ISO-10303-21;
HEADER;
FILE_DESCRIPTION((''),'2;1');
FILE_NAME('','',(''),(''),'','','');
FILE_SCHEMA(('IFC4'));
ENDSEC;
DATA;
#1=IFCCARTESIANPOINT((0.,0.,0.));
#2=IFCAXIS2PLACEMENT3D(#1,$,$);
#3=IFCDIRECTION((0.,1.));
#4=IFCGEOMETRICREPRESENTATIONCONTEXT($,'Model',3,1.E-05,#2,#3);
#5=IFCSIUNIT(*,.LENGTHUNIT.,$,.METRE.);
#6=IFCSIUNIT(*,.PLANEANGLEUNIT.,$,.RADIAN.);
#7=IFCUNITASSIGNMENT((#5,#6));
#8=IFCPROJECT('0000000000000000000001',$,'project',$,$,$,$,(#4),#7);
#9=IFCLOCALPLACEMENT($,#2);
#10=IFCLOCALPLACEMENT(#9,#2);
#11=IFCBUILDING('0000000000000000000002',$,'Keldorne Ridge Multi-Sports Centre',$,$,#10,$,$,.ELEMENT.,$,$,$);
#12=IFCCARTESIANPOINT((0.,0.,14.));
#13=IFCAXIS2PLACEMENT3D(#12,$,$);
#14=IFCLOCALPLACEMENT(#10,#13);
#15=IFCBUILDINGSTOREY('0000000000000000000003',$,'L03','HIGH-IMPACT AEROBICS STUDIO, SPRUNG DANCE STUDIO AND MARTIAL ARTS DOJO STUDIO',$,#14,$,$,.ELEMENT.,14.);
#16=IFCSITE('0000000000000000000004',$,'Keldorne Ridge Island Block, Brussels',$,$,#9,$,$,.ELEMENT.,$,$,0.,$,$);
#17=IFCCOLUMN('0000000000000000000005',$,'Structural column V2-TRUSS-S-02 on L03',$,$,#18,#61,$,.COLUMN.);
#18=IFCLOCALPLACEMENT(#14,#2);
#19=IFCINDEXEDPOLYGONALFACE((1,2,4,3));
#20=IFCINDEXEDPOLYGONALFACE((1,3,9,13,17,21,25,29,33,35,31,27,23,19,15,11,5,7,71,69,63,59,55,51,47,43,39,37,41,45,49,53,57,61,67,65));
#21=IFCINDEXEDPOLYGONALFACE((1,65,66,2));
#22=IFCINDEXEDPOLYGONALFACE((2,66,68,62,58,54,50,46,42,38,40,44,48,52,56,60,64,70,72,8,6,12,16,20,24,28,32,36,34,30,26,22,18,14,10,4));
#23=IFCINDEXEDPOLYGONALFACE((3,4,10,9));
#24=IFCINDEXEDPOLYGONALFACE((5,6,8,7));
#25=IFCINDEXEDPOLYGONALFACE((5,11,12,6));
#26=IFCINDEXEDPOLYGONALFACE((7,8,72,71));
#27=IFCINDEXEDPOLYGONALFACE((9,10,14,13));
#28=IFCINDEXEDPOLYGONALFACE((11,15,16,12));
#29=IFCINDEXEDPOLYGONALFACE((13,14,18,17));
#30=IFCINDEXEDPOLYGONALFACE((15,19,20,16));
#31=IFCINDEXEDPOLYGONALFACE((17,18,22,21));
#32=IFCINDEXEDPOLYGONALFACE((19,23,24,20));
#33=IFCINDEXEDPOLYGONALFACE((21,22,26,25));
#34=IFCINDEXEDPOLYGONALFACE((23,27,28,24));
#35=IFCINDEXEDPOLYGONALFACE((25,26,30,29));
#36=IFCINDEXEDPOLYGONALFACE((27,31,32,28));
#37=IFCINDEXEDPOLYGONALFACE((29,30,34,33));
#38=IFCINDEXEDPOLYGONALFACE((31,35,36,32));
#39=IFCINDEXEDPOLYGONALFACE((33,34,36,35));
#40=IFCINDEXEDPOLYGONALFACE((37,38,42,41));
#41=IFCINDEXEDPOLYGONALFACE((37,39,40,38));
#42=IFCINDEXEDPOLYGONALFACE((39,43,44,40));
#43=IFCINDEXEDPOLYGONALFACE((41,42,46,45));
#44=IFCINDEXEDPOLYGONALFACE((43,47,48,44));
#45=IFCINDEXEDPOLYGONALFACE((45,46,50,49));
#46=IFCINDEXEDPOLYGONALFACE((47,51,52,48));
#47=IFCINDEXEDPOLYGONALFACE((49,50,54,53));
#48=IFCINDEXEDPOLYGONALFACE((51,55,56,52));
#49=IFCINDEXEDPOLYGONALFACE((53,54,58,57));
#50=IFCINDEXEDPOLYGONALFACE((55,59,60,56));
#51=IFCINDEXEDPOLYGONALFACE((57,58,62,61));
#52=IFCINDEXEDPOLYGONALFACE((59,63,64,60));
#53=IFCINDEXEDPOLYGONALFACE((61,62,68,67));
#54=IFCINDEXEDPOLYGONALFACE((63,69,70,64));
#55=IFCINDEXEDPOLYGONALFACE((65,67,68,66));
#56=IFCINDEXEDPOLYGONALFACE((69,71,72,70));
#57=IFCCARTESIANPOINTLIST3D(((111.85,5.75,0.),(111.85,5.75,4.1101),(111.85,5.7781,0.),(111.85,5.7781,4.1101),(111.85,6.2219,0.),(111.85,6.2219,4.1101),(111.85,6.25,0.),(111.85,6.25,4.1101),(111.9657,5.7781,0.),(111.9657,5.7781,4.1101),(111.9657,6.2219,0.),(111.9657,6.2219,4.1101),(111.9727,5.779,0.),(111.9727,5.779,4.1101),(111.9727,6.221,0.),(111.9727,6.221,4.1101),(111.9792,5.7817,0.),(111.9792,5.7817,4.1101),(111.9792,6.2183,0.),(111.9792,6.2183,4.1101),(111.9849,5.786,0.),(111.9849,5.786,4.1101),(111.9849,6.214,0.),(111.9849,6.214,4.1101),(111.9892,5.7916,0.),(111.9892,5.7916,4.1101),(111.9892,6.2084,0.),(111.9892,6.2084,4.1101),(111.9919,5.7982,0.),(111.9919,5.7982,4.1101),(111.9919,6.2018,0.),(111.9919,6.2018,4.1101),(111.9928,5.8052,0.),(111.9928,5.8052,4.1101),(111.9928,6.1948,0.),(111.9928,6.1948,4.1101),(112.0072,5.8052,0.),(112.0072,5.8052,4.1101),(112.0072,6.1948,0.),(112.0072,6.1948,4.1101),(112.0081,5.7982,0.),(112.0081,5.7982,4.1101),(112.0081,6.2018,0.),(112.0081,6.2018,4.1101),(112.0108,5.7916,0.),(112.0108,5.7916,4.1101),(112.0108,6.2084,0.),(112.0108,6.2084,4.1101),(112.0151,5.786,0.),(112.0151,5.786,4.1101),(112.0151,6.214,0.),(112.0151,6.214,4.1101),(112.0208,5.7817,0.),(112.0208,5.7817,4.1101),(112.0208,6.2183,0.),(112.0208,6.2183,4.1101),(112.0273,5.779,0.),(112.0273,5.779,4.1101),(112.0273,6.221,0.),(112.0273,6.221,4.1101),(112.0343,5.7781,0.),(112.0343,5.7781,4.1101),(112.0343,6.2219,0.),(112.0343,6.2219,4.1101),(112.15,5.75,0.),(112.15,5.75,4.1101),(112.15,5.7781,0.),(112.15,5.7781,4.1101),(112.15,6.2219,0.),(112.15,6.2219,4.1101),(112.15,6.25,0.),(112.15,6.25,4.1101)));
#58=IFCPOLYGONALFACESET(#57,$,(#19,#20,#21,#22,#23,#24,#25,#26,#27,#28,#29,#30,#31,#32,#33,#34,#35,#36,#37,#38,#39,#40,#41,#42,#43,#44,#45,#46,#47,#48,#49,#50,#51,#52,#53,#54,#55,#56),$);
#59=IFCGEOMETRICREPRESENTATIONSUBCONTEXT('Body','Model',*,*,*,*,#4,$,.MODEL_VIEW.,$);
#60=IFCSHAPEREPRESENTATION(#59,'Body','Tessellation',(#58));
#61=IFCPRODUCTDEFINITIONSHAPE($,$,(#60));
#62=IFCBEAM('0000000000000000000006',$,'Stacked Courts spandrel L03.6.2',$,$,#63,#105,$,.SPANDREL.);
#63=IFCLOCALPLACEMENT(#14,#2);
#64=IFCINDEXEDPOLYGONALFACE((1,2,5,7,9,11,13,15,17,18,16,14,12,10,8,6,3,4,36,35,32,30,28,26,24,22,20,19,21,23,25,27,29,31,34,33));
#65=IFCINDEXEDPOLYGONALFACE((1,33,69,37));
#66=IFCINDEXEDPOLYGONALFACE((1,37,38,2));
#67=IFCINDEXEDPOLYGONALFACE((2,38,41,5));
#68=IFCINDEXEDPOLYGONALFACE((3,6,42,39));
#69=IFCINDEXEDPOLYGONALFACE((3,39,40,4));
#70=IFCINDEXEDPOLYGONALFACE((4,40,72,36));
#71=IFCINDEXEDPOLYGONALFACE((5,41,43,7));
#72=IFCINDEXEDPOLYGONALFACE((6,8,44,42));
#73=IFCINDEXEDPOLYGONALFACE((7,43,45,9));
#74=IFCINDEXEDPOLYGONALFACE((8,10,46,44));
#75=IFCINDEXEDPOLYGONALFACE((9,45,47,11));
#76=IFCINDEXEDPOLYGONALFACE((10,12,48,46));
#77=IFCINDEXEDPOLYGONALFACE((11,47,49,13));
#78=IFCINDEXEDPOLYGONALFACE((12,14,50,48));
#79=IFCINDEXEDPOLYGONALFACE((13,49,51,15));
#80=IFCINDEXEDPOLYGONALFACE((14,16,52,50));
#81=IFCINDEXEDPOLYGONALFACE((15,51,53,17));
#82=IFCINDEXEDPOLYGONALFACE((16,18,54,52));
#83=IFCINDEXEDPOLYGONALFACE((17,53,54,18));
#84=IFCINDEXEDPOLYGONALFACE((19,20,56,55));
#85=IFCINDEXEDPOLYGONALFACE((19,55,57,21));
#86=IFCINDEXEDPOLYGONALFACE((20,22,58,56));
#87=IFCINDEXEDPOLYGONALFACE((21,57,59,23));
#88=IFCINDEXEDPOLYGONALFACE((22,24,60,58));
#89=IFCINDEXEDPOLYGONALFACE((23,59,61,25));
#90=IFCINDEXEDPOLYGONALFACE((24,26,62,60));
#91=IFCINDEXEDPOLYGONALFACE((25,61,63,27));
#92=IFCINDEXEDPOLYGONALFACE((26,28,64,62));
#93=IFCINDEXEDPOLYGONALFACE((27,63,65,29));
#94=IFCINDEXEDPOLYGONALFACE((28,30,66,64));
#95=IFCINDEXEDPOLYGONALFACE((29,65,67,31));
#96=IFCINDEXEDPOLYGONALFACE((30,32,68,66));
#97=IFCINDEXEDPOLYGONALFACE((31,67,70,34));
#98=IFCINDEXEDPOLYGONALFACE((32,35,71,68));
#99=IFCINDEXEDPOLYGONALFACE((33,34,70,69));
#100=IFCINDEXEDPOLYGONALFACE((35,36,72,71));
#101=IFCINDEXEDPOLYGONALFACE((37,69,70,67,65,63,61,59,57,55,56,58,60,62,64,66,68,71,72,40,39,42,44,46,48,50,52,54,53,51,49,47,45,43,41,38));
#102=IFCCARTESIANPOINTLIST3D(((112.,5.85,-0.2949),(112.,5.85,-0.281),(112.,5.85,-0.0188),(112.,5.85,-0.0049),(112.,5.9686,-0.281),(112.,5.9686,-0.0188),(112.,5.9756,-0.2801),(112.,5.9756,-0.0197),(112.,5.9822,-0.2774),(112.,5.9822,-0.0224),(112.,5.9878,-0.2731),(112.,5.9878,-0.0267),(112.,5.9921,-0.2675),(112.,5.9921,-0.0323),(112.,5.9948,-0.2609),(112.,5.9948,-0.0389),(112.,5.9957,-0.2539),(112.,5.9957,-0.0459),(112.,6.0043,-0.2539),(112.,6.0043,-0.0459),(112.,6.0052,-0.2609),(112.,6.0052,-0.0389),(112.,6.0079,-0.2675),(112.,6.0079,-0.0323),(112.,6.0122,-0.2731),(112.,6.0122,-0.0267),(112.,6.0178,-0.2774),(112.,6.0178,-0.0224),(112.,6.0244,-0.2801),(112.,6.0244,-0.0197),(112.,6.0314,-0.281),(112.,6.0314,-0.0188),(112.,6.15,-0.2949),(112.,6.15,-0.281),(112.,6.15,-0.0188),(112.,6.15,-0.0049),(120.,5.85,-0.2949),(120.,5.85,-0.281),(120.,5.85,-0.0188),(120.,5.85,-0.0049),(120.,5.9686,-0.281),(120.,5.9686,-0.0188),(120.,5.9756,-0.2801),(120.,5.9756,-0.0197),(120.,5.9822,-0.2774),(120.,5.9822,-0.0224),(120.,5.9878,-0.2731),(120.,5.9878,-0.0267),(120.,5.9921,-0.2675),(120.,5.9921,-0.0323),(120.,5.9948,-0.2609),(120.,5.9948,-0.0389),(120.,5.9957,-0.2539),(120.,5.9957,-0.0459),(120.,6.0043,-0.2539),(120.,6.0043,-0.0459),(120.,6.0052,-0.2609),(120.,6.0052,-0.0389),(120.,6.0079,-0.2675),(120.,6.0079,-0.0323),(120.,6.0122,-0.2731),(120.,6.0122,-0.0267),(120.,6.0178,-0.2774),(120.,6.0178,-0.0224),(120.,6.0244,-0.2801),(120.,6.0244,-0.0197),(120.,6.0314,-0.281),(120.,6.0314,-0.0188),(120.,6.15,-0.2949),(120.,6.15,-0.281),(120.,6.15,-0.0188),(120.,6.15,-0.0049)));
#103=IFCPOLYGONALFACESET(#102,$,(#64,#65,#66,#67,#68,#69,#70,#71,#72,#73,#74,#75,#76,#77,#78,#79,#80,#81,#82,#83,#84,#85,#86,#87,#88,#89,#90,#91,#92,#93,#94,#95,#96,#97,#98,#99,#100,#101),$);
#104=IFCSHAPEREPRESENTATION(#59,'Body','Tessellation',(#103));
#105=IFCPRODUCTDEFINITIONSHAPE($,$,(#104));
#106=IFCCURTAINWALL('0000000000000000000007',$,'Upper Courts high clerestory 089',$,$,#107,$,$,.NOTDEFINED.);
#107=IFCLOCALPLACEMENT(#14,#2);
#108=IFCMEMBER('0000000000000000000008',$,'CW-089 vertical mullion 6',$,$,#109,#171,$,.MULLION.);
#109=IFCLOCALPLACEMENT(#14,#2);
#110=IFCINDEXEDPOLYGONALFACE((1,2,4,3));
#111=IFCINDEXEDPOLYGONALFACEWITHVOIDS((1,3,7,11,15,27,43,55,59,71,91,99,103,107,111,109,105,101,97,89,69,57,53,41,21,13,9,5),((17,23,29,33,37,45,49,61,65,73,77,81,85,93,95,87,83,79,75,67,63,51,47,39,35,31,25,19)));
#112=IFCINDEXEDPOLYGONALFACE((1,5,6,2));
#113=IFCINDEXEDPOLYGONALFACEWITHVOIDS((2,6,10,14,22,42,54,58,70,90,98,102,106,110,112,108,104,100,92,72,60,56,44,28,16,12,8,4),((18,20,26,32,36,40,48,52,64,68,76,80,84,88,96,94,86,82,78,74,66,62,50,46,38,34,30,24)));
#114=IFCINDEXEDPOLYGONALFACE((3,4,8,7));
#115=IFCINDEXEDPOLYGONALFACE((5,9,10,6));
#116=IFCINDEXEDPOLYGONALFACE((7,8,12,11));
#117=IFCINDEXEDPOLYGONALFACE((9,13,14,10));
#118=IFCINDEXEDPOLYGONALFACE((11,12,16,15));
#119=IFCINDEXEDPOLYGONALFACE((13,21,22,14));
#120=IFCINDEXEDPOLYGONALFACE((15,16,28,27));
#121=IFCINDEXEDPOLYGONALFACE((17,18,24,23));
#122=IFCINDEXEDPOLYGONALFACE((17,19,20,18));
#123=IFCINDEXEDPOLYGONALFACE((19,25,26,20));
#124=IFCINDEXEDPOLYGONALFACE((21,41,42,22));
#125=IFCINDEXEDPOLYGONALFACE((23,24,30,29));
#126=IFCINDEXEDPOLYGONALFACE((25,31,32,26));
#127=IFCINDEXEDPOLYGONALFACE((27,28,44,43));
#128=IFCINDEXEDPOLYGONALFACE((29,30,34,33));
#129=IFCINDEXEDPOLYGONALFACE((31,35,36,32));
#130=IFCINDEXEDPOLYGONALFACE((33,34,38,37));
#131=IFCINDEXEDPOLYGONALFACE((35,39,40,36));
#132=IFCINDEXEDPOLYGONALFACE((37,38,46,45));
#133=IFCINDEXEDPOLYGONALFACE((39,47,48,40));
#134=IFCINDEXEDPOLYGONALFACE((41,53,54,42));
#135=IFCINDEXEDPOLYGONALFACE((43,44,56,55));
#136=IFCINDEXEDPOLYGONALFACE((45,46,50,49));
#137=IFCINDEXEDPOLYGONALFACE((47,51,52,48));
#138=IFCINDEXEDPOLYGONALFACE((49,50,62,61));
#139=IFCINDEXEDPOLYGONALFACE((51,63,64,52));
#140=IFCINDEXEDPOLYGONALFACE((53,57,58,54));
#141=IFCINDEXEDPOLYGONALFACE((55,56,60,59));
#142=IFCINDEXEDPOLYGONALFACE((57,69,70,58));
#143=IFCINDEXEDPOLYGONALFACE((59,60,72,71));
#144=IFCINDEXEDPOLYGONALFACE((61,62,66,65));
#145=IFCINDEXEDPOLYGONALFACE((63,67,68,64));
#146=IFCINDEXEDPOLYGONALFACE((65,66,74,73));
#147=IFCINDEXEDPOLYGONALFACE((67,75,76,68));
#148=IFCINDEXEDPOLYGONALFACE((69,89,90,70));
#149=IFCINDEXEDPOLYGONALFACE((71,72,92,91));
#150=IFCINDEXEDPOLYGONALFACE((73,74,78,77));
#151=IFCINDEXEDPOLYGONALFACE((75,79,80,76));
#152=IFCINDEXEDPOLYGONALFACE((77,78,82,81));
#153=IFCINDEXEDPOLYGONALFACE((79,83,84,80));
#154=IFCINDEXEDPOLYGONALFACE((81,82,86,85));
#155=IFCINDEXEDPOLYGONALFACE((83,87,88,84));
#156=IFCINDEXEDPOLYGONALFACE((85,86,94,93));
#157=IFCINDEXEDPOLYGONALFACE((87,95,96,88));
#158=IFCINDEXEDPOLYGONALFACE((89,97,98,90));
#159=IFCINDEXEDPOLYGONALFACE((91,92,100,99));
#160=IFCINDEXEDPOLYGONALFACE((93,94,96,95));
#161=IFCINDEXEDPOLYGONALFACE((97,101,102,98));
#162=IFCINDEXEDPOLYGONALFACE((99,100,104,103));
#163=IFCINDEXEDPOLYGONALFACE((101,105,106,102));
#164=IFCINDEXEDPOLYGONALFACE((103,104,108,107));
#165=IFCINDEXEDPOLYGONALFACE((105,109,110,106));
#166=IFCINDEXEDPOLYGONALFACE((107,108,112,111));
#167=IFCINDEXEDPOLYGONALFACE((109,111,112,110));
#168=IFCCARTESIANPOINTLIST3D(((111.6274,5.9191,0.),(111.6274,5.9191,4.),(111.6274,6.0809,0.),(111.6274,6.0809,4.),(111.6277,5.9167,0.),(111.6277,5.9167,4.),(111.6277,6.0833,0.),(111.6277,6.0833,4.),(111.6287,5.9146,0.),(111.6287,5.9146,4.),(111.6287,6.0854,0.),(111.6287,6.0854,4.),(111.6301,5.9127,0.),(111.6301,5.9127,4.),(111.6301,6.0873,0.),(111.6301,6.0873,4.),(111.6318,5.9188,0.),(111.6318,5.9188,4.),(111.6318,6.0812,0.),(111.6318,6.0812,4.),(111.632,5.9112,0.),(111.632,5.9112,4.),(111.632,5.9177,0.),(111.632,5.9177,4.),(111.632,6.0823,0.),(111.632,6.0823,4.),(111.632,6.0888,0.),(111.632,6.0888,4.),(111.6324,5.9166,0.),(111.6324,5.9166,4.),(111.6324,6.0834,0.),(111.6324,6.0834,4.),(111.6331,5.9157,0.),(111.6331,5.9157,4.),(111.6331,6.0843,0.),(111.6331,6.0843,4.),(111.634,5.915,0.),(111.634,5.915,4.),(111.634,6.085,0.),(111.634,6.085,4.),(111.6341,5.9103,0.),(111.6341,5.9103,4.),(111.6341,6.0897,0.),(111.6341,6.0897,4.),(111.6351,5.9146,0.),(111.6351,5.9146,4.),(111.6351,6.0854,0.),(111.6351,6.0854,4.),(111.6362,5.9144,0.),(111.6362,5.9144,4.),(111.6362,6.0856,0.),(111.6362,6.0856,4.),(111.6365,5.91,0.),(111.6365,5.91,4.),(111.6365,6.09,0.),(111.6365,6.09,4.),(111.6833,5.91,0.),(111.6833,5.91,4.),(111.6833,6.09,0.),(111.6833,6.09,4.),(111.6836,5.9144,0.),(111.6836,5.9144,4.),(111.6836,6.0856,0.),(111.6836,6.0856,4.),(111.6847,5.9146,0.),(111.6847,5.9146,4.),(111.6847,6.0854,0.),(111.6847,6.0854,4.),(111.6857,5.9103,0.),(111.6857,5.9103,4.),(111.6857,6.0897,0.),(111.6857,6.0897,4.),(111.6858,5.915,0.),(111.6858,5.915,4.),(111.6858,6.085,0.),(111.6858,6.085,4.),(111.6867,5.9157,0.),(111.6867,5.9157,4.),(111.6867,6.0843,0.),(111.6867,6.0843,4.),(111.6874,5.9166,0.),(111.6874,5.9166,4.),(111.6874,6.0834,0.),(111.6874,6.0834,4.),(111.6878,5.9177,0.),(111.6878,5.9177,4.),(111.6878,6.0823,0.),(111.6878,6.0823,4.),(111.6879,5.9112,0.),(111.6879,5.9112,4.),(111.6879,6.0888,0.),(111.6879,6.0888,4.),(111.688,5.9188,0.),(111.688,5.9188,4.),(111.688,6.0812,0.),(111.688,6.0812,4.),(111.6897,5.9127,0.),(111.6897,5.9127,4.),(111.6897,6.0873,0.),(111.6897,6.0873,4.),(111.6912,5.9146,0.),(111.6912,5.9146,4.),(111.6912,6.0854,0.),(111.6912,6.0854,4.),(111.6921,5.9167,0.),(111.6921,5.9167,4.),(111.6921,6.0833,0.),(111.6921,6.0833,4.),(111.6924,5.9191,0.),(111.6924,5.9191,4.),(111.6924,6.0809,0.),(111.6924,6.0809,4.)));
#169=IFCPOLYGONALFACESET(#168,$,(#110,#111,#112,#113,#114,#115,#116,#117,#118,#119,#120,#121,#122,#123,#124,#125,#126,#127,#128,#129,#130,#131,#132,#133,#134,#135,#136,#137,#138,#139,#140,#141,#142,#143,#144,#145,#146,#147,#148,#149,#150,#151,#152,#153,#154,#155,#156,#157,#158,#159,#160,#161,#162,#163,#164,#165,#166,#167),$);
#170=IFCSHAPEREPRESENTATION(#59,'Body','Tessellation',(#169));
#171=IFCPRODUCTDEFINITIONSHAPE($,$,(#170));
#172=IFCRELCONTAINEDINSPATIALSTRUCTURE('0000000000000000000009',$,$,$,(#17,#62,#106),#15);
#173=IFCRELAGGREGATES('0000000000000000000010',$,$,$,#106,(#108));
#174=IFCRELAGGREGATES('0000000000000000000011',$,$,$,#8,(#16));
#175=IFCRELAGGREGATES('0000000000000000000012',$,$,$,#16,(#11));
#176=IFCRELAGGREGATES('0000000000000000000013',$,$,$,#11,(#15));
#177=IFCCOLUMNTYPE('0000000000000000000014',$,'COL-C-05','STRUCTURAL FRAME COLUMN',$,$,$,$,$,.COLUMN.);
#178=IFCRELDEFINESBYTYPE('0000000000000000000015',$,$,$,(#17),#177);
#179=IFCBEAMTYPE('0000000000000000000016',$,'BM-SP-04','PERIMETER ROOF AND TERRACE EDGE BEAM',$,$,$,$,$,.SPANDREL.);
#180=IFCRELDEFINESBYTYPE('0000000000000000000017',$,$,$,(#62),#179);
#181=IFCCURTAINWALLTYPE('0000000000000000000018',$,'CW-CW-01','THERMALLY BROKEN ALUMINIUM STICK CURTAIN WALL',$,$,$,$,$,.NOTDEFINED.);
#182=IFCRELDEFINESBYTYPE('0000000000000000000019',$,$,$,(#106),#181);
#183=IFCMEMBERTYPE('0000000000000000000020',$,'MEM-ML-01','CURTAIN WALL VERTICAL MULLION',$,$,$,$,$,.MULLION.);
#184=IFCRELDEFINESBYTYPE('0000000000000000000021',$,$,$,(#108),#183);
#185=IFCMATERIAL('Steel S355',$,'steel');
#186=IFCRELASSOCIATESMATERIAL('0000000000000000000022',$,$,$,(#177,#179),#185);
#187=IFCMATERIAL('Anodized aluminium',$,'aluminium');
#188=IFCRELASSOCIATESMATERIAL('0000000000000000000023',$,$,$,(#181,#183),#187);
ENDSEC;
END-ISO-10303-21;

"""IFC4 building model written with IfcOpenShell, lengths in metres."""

from ifc_helpers import new_model, si_unit, direction, frame, origin, origin_2d, place, context, subcontext, project, spatial, hollow_rectangle, i_section, extrude, material, material_profile, profile_set, type_object, element, aggregate, save


model = new_model("IFC4")

# Units and contexts
model_context = context("Model", 3, precision=1e-05, world=origin(), true_north=direction((0.0, 1.0)))
body_context = subcontext(model_context, "Body", "Model", "MODEL_VIEW")
ifc_project = project(units=[si_unit("LENGTHUNIT", "METRE"), si_unit("PLANEANGLEUNIT", "RADIAN")], contexts=[model_context])

# Site, building, storey
site_placement = place(None, origin())
site = spatial("IfcSite", under=ifc_project, at=site_placement, Name="Keldorne Ridge Island Block, Brussels", CompositionType="ELEMENT", RefElevation=0.0)
building_placement = place(site_placement, origin())
building = spatial("IfcBuilding", under=site, at=building_placement, Name="Keldorne Ridge Multi-Sports Centre", CompositionType="ELEMENT")
storey_placement = place(building_placement, frame((0.0, 0.0, 14.0)))
storey = spatial("IfcBuildingStorey", under=building, at=storey_placement, Name="L03", Description="HIGH-IMPACT AEROBICS STUDIO, SPRUNG DANCE STUDIO AND MARTIAL ARTS DOJO STUDIO", CompositionType="ELEMENT", Elevation=14.0)

# Column
ifc_material_1 = material(Name="Steel S355", Category="steel")
ifc_material_profile_1 = material_profile(ifc_material_1, i_section(OverallWidth=0.3, OverallDepth=0.5, WebThickness=0.0144, FlangeThickness=0.0281, FilletRadius=0.0271, at=origin_2d()), Name="HEB 500")
ifc_profile_set_1 = profile_set([ifc_material_profile_1], Name="Steel S355")
column_type = type_object("IfcColumnType", Name="COL-C-05", Description="STRUCTURAL FRAME COLUMN", PredefinedType="COLUMN", material=ifc_profile_set_1)
column_placement = place(storey_placement, frame((112.0, 6.0, 0.0), z_axis=(0.0, 0.0, 1.0), x_axis=(1.0, 0.0, 0.0)))
element("IfcColumn", 1, at=column_placement, inside=storey, type_object=column_type, Name="Structural column V2-TRUSS-S-02 on L03", PredefinedType="COLUMN", context=body_context, shape_type="SweptSolid", body=[
    extrude(i_section(OverallWidth=0.3, OverallDepth=0.5, WebThickness=0.0144, FlangeThickness=0.0281, FilletRadius=0.0271, at=origin_2d()), origin(), (0.0, 0.0, 1.0), 4.1101),
])

# Beam
ifc_material_profile_2 = material_profile(ifc_material_1, i_section(OverallWidth=0.3, OverallDepth=0.29, WebThickness=0.0085, FlangeThickness=0.0139, FilletRadius=0.0271, at=origin_2d()), Name="HEA 300")
ifc_profile_set_2 = profile_set([ifc_material_profile_2], Name="Steel S355")
beam_type = type_object("IfcBeamType", Name="BM-SP-04", Description="PERIMETER ROOF AND TERRACE EDGE BEAM", PredefinedType="SPANDREL", material=ifc_profile_set_2)
beam_placement = place(storey_placement, frame((112.0, 6.0, -0.1499), z_axis=(1.0, 0.0, 0.0), x_axis=(0.0, 1.0, 0.0)))
element("IfcBeam", 2, at=beam_placement, inside=storey, type_object=beam_type, Name="Stacked Courts spandrel L03.6.2", PredefinedType="SPANDREL", context=body_context, shape_type="SweptSolid", body=[
    extrude(i_section(OverallWidth=0.3, OverallDepth=0.29, WebThickness=0.0085, FlangeThickness=0.0139, FilletRadius=0.0271, at=origin_2d()), origin(), (0.0, 0.0, 1.0), 8.0),
])

# Curtain wall, member
ifc_material_2 = material(Name="Anodized aluminium", Category="aluminium")
curtain_wall_type_1 = type_object("IfcCurtainWallType", Name="CW-CW-01", Description="THERMALLY BROKEN ALUMINIUM STICK CURTAIN WALL", PredefinedType="NOTDEFINED", material=ifc_material_2)
curtain_wall_1_placement = place(storey_placement, origin())
curtain_wall_1 = element("IfcCurtainWall", 3, at=curtain_wall_1_placement, inside=storey, type_object=curtain_wall_type_1, Name="Upper Courts high clerestory 089", PredefinedType="NOTDEFINED")
ifc_material_profile_3 = material_profile(ifc_material_2, hollow_rectangle(XDim=0.0649, YDim=0.1799, WallThickness=0.0044, InnerFilletRadius=0.0044, OuterFilletRadius=0.009, at=origin_2d()), Name="ALU MULLION 180x65x4.5")
ifc_profile_set_3 = profile_set([ifc_material_profile_3], Name="Anodized aluminium")
member_type_1 = type_object("IfcMemberType", Name="MEM-ML-01", Description="CURTAIN WALL VERTICAL MULLION", PredefinedType="MULLION", material=ifc_profile_set_3)
member_1_placement = place(storey_placement, frame((111.6599, 6.0, 0.0), z_axis=(0.0, 0.0, 1.0), x_axis=(1.0, 0.0, 0.0)))
member_1 = element("IfcMember", 4, at=member_1_placement, type_object=member_type_1, Name="CW-089 vertical mullion 6", PredefinedType="MULLION", context=body_context, shape_type="SweptSolid", body=[
    extrude(hollow_rectangle(XDim=0.0649, YDim=0.1799, WallThickness=0.0044, InnerFilletRadius=0.0044, OuterFilletRadius=0.009, at=origin_2d()), origin(), (0.0, 0.0, 1.0), 4.0),
])

aggregate(curtain_wall_1, [member_1])

save(model, "model.ifc")
